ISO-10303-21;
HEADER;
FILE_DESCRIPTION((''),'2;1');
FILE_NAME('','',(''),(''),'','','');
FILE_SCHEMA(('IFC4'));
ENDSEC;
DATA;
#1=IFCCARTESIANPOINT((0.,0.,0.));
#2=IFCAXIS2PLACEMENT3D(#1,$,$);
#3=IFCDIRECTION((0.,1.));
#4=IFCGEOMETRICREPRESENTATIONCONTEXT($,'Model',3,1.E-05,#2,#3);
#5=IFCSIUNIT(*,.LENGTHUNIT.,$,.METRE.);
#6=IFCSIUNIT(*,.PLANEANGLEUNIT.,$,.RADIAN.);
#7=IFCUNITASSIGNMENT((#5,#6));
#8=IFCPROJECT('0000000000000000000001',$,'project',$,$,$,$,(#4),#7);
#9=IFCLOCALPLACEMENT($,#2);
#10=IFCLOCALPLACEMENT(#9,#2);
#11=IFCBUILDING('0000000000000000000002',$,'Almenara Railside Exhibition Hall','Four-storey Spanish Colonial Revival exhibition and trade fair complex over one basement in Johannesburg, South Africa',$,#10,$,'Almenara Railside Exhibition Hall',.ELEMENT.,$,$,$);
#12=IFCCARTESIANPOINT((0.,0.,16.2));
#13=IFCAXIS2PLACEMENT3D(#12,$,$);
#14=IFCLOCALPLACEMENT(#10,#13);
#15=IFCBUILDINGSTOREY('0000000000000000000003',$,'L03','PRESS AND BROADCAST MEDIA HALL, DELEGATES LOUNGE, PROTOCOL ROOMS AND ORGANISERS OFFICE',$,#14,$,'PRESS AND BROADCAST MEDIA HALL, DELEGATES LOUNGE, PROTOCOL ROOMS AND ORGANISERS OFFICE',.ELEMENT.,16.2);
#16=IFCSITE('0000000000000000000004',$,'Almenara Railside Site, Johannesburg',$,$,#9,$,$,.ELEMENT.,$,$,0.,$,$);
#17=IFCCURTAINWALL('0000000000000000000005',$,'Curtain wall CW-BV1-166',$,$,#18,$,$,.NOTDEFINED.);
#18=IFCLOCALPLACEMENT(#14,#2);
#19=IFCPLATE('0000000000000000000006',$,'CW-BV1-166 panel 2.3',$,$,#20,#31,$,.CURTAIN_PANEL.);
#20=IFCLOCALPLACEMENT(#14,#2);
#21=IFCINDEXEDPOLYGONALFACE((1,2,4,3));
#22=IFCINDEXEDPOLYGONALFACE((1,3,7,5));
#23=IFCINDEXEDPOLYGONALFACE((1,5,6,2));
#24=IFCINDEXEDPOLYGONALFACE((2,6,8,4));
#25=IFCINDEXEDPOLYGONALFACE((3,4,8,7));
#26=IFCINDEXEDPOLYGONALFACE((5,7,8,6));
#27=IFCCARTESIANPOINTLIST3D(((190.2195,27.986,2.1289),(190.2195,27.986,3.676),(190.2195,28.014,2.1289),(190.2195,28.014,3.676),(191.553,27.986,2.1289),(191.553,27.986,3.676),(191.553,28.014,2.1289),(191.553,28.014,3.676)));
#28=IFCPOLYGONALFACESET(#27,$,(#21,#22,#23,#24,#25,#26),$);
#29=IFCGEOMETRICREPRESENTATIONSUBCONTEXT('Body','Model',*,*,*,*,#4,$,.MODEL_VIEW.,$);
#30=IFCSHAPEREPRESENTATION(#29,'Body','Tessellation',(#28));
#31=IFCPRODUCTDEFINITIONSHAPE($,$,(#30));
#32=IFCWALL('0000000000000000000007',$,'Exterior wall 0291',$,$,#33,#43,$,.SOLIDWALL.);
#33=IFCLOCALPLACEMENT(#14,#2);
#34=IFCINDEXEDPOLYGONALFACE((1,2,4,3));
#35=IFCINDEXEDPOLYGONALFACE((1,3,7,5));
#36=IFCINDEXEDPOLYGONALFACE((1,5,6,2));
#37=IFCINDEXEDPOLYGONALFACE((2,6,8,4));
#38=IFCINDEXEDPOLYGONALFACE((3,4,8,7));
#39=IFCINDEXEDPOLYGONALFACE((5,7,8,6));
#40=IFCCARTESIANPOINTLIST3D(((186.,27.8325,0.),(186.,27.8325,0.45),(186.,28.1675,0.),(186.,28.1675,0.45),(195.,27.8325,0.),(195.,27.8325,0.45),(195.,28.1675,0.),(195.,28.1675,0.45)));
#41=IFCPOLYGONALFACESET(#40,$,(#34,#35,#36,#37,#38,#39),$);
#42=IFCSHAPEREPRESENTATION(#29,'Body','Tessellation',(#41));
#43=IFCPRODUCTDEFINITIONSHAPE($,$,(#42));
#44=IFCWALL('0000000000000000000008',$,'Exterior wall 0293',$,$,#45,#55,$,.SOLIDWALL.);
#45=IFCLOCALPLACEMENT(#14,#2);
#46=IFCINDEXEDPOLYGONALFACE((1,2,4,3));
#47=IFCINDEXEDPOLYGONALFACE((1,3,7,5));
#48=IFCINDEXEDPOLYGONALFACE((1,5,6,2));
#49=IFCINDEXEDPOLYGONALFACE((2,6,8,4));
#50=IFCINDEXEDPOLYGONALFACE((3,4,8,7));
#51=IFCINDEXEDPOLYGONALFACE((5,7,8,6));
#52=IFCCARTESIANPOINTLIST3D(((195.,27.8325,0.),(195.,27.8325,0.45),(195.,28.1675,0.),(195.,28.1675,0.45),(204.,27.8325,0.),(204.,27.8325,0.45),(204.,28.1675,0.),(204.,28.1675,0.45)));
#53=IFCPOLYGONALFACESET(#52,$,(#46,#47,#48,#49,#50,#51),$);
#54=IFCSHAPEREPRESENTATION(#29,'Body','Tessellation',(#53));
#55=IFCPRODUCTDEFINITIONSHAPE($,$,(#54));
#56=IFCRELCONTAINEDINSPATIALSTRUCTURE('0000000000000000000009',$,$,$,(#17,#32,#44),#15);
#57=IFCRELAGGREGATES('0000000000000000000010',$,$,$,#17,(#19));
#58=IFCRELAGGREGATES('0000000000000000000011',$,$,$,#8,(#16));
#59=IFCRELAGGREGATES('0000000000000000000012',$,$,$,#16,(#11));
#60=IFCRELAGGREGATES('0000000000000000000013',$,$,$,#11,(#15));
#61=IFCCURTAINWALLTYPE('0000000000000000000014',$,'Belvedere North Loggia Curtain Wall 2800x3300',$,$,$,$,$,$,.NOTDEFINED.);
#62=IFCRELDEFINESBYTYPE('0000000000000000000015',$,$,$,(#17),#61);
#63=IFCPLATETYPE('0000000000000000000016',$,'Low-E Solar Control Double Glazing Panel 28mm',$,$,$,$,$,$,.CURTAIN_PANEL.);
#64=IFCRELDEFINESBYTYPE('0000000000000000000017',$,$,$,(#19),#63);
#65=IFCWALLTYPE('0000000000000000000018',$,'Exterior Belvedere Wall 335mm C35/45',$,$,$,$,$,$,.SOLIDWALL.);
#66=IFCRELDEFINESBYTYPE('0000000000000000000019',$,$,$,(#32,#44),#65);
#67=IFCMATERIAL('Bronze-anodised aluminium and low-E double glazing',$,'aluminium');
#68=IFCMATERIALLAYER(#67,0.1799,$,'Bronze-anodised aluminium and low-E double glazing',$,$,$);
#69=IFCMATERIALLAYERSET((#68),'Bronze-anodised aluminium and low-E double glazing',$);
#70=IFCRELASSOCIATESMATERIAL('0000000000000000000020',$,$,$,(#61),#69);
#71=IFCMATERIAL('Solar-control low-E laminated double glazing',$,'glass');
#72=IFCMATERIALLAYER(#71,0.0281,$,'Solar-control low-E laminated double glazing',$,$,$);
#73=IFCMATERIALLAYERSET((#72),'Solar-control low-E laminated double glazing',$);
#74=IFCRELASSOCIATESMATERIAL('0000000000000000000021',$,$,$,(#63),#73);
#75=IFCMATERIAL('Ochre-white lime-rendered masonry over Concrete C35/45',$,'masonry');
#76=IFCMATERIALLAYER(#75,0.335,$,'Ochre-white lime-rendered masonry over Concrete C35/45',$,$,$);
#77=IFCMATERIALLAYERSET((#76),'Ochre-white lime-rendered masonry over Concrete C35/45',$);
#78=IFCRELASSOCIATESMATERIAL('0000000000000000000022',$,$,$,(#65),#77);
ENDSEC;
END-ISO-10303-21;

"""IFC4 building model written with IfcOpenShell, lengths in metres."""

from ifc_helpers import new_model, si_unit, direction, frame, frame_2d, origin, origin_2d, place, context, subcontext, project, spatial, rectangle, extrude, material, layer, layer_set, type_object, element, aggregate, save


model = new_model("IFC4")

# Units and contexts
model_context = context("Model", 3, precision=1e-05, world=origin(), true_north=direction((0.0, 1.0)))
body_context = subcontext(model_context, "Body", "Model", "MODEL_VIEW")
ifc_project = project(units=[si_unit("LENGTHUNIT", "METRE"), si_unit("PLANEANGLEUNIT", "RADIAN")], contexts=[model_context])

# Site, building, storey
site_placement = place(None, origin())
site = spatial("IfcSite", under=ifc_project, at=site_placement, Name="Almenara Railside Site, Johannesburg", CompositionType="ELEMENT", RefElevation=0.0)
building_placement = place(site_placement, origin())
building = spatial("IfcBuilding", under=site, at=building_placement, Name="Almenara Railside Exhibition Hall", Description="Four-storey Spanish Colonial Revival exhibition and trade fair complex over one basement in Johannesburg, South Africa", LongName="Almenara Railside Exhibition Hall", CompositionType="ELEMENT")
storey_placement = place(building_placement, frame((0.0, 0.0, 16.2)))
storey = spatial("IfcBuildingStorey", under=building, at=storey_placement, Name="L03", Description="PRESS AND BROADCAST MEDIA HALL, DELEGATES LOUNGE, PROTOCOL ROOMS AND ORGANISERS OFFICE", LongName="PRESS AND BROADCAST MEDIA HALL, DELEGATES LOUNGE, PROTOCOL ROOMS AND ORGANISERS OFFICE", CompositionType="ELEMENT", Elevation=16.2)

# Curtain wall
ifc_material_1 = material(Name="Bronze-anodised aluminium and low-E double glazing", Category="aluminium")
ifc_layer_1 = layer(ifc_material_1, 0.1799, Name="Bronze-anodised aluminium and low-E double glazing")
ifc_layer_set_1 = layer_set([ifc_layer_1], Name="Bronze-anodised aluminium and low-E double glazing")
curtain_wall_type = type_object("IfcCurtainWallType", Name="Belvedere North Loggia Curtain Wall 2800x3300", PredefinedType="NOTDEFINED", material=ifc_layer_set_1)
curtain_wall_1_placement = place(storey_placement, origin())
curtain_wall_1 = element("IfcCurtainWall", 1, at=curtain_wall_1_placement, inside=storey, type_object=curtain_wall_type, Name="Curtain wall CW-BV1-166", PredefinedType="NOTDEFINED")

# Plate
ifc_material_2 = material(Name="Solar-control low-E laminated double glazing", Category="glass")
ifc_layer_2 = layer(ifc_material_2, 0.0281, Name="Solar-control low-E laminated double glazing")
ifc_layer_set_2 = layer_set([ifc_layer_2], Name="Solar-control low-E laminated double glazing")
plate_type_1 = type_object("IfcPlateType", Name="Low-E Solar Control Double Glazing Panel 28mm", PredefinedType="CURTAIN_PANEL", material=ifc_layer_set_2)
plate_1_placement = place(storey_placement, frame((190.8862, 28.0, 2.1289), z_axis=(0.0, 0.0, 1.0), x_axis=(1.0, 0.0, 0.0)))
plate_1 = element("IfcPlate", 2, at=plate_1_placement, type_object=plate_type_1, Name="CW-BV1-166 panel 2.3", PredefinedType="CURTAIN_PANEL", context=body_context, shape_type="SweptSolid", body=[
    extrude(rectangle(XDim=1.3335, YDim=0.0281, at=origin_2d()), origin(), (0.0, 0.0, 1.0), 1.5471),
])
aggregate(curtain_wall_1, [plate_1])

# Walls
ifc_material_3 = material(Name="Ochre-white lime-rendered masonry over Concrete C35/45", Category="masonry")
ifc_layer_3 = layer(ifc_material_3, 0.335, Name="Ochre-white lime-rendered masonry over Concrete C35/45")
ifc_layer_set_3 = layer_set([ifc_layer_3], Name="Ochre-white lime-rendered masonry over Concrete C35/45")
wall_type = type_object("IfcWallType", Name="Exterior Belvedere Wall 335mm C35/45", PredefinedType="SOLIDWALL", material=ifc_layer_set_3)
for number, where, z_axis, x_axis, name in (
    (3, (195.0, 28.0, 0.0), (0.0, 0.0, 1.0), (-1.0, 0.0, 0.0), "Exterior wall 0291"),
    (4, (204.0, 28.0, 0.0), (0.0, 0.0, 1.0), (-1.0, 0.0, 0.0), "Exterior wall 0293"),
):
    element("IfcWall", number, at=place(storey_placement, frame(where, z_axis=z_axis, x_axis=x_axis)), inside=storey, type_object=wall_type, Name=name, PredefinedType="SOLIDWALL", context=body_context, shape_type="SweptSolid", body=[
        extrude(rectangle(XDim=9.0, YDim=0.335, at=frame_2d((4.5, 0.0))), origin(), (0.0, 0.0, 1.0), 0.45),
    ])

save(model, "model.ifc")
